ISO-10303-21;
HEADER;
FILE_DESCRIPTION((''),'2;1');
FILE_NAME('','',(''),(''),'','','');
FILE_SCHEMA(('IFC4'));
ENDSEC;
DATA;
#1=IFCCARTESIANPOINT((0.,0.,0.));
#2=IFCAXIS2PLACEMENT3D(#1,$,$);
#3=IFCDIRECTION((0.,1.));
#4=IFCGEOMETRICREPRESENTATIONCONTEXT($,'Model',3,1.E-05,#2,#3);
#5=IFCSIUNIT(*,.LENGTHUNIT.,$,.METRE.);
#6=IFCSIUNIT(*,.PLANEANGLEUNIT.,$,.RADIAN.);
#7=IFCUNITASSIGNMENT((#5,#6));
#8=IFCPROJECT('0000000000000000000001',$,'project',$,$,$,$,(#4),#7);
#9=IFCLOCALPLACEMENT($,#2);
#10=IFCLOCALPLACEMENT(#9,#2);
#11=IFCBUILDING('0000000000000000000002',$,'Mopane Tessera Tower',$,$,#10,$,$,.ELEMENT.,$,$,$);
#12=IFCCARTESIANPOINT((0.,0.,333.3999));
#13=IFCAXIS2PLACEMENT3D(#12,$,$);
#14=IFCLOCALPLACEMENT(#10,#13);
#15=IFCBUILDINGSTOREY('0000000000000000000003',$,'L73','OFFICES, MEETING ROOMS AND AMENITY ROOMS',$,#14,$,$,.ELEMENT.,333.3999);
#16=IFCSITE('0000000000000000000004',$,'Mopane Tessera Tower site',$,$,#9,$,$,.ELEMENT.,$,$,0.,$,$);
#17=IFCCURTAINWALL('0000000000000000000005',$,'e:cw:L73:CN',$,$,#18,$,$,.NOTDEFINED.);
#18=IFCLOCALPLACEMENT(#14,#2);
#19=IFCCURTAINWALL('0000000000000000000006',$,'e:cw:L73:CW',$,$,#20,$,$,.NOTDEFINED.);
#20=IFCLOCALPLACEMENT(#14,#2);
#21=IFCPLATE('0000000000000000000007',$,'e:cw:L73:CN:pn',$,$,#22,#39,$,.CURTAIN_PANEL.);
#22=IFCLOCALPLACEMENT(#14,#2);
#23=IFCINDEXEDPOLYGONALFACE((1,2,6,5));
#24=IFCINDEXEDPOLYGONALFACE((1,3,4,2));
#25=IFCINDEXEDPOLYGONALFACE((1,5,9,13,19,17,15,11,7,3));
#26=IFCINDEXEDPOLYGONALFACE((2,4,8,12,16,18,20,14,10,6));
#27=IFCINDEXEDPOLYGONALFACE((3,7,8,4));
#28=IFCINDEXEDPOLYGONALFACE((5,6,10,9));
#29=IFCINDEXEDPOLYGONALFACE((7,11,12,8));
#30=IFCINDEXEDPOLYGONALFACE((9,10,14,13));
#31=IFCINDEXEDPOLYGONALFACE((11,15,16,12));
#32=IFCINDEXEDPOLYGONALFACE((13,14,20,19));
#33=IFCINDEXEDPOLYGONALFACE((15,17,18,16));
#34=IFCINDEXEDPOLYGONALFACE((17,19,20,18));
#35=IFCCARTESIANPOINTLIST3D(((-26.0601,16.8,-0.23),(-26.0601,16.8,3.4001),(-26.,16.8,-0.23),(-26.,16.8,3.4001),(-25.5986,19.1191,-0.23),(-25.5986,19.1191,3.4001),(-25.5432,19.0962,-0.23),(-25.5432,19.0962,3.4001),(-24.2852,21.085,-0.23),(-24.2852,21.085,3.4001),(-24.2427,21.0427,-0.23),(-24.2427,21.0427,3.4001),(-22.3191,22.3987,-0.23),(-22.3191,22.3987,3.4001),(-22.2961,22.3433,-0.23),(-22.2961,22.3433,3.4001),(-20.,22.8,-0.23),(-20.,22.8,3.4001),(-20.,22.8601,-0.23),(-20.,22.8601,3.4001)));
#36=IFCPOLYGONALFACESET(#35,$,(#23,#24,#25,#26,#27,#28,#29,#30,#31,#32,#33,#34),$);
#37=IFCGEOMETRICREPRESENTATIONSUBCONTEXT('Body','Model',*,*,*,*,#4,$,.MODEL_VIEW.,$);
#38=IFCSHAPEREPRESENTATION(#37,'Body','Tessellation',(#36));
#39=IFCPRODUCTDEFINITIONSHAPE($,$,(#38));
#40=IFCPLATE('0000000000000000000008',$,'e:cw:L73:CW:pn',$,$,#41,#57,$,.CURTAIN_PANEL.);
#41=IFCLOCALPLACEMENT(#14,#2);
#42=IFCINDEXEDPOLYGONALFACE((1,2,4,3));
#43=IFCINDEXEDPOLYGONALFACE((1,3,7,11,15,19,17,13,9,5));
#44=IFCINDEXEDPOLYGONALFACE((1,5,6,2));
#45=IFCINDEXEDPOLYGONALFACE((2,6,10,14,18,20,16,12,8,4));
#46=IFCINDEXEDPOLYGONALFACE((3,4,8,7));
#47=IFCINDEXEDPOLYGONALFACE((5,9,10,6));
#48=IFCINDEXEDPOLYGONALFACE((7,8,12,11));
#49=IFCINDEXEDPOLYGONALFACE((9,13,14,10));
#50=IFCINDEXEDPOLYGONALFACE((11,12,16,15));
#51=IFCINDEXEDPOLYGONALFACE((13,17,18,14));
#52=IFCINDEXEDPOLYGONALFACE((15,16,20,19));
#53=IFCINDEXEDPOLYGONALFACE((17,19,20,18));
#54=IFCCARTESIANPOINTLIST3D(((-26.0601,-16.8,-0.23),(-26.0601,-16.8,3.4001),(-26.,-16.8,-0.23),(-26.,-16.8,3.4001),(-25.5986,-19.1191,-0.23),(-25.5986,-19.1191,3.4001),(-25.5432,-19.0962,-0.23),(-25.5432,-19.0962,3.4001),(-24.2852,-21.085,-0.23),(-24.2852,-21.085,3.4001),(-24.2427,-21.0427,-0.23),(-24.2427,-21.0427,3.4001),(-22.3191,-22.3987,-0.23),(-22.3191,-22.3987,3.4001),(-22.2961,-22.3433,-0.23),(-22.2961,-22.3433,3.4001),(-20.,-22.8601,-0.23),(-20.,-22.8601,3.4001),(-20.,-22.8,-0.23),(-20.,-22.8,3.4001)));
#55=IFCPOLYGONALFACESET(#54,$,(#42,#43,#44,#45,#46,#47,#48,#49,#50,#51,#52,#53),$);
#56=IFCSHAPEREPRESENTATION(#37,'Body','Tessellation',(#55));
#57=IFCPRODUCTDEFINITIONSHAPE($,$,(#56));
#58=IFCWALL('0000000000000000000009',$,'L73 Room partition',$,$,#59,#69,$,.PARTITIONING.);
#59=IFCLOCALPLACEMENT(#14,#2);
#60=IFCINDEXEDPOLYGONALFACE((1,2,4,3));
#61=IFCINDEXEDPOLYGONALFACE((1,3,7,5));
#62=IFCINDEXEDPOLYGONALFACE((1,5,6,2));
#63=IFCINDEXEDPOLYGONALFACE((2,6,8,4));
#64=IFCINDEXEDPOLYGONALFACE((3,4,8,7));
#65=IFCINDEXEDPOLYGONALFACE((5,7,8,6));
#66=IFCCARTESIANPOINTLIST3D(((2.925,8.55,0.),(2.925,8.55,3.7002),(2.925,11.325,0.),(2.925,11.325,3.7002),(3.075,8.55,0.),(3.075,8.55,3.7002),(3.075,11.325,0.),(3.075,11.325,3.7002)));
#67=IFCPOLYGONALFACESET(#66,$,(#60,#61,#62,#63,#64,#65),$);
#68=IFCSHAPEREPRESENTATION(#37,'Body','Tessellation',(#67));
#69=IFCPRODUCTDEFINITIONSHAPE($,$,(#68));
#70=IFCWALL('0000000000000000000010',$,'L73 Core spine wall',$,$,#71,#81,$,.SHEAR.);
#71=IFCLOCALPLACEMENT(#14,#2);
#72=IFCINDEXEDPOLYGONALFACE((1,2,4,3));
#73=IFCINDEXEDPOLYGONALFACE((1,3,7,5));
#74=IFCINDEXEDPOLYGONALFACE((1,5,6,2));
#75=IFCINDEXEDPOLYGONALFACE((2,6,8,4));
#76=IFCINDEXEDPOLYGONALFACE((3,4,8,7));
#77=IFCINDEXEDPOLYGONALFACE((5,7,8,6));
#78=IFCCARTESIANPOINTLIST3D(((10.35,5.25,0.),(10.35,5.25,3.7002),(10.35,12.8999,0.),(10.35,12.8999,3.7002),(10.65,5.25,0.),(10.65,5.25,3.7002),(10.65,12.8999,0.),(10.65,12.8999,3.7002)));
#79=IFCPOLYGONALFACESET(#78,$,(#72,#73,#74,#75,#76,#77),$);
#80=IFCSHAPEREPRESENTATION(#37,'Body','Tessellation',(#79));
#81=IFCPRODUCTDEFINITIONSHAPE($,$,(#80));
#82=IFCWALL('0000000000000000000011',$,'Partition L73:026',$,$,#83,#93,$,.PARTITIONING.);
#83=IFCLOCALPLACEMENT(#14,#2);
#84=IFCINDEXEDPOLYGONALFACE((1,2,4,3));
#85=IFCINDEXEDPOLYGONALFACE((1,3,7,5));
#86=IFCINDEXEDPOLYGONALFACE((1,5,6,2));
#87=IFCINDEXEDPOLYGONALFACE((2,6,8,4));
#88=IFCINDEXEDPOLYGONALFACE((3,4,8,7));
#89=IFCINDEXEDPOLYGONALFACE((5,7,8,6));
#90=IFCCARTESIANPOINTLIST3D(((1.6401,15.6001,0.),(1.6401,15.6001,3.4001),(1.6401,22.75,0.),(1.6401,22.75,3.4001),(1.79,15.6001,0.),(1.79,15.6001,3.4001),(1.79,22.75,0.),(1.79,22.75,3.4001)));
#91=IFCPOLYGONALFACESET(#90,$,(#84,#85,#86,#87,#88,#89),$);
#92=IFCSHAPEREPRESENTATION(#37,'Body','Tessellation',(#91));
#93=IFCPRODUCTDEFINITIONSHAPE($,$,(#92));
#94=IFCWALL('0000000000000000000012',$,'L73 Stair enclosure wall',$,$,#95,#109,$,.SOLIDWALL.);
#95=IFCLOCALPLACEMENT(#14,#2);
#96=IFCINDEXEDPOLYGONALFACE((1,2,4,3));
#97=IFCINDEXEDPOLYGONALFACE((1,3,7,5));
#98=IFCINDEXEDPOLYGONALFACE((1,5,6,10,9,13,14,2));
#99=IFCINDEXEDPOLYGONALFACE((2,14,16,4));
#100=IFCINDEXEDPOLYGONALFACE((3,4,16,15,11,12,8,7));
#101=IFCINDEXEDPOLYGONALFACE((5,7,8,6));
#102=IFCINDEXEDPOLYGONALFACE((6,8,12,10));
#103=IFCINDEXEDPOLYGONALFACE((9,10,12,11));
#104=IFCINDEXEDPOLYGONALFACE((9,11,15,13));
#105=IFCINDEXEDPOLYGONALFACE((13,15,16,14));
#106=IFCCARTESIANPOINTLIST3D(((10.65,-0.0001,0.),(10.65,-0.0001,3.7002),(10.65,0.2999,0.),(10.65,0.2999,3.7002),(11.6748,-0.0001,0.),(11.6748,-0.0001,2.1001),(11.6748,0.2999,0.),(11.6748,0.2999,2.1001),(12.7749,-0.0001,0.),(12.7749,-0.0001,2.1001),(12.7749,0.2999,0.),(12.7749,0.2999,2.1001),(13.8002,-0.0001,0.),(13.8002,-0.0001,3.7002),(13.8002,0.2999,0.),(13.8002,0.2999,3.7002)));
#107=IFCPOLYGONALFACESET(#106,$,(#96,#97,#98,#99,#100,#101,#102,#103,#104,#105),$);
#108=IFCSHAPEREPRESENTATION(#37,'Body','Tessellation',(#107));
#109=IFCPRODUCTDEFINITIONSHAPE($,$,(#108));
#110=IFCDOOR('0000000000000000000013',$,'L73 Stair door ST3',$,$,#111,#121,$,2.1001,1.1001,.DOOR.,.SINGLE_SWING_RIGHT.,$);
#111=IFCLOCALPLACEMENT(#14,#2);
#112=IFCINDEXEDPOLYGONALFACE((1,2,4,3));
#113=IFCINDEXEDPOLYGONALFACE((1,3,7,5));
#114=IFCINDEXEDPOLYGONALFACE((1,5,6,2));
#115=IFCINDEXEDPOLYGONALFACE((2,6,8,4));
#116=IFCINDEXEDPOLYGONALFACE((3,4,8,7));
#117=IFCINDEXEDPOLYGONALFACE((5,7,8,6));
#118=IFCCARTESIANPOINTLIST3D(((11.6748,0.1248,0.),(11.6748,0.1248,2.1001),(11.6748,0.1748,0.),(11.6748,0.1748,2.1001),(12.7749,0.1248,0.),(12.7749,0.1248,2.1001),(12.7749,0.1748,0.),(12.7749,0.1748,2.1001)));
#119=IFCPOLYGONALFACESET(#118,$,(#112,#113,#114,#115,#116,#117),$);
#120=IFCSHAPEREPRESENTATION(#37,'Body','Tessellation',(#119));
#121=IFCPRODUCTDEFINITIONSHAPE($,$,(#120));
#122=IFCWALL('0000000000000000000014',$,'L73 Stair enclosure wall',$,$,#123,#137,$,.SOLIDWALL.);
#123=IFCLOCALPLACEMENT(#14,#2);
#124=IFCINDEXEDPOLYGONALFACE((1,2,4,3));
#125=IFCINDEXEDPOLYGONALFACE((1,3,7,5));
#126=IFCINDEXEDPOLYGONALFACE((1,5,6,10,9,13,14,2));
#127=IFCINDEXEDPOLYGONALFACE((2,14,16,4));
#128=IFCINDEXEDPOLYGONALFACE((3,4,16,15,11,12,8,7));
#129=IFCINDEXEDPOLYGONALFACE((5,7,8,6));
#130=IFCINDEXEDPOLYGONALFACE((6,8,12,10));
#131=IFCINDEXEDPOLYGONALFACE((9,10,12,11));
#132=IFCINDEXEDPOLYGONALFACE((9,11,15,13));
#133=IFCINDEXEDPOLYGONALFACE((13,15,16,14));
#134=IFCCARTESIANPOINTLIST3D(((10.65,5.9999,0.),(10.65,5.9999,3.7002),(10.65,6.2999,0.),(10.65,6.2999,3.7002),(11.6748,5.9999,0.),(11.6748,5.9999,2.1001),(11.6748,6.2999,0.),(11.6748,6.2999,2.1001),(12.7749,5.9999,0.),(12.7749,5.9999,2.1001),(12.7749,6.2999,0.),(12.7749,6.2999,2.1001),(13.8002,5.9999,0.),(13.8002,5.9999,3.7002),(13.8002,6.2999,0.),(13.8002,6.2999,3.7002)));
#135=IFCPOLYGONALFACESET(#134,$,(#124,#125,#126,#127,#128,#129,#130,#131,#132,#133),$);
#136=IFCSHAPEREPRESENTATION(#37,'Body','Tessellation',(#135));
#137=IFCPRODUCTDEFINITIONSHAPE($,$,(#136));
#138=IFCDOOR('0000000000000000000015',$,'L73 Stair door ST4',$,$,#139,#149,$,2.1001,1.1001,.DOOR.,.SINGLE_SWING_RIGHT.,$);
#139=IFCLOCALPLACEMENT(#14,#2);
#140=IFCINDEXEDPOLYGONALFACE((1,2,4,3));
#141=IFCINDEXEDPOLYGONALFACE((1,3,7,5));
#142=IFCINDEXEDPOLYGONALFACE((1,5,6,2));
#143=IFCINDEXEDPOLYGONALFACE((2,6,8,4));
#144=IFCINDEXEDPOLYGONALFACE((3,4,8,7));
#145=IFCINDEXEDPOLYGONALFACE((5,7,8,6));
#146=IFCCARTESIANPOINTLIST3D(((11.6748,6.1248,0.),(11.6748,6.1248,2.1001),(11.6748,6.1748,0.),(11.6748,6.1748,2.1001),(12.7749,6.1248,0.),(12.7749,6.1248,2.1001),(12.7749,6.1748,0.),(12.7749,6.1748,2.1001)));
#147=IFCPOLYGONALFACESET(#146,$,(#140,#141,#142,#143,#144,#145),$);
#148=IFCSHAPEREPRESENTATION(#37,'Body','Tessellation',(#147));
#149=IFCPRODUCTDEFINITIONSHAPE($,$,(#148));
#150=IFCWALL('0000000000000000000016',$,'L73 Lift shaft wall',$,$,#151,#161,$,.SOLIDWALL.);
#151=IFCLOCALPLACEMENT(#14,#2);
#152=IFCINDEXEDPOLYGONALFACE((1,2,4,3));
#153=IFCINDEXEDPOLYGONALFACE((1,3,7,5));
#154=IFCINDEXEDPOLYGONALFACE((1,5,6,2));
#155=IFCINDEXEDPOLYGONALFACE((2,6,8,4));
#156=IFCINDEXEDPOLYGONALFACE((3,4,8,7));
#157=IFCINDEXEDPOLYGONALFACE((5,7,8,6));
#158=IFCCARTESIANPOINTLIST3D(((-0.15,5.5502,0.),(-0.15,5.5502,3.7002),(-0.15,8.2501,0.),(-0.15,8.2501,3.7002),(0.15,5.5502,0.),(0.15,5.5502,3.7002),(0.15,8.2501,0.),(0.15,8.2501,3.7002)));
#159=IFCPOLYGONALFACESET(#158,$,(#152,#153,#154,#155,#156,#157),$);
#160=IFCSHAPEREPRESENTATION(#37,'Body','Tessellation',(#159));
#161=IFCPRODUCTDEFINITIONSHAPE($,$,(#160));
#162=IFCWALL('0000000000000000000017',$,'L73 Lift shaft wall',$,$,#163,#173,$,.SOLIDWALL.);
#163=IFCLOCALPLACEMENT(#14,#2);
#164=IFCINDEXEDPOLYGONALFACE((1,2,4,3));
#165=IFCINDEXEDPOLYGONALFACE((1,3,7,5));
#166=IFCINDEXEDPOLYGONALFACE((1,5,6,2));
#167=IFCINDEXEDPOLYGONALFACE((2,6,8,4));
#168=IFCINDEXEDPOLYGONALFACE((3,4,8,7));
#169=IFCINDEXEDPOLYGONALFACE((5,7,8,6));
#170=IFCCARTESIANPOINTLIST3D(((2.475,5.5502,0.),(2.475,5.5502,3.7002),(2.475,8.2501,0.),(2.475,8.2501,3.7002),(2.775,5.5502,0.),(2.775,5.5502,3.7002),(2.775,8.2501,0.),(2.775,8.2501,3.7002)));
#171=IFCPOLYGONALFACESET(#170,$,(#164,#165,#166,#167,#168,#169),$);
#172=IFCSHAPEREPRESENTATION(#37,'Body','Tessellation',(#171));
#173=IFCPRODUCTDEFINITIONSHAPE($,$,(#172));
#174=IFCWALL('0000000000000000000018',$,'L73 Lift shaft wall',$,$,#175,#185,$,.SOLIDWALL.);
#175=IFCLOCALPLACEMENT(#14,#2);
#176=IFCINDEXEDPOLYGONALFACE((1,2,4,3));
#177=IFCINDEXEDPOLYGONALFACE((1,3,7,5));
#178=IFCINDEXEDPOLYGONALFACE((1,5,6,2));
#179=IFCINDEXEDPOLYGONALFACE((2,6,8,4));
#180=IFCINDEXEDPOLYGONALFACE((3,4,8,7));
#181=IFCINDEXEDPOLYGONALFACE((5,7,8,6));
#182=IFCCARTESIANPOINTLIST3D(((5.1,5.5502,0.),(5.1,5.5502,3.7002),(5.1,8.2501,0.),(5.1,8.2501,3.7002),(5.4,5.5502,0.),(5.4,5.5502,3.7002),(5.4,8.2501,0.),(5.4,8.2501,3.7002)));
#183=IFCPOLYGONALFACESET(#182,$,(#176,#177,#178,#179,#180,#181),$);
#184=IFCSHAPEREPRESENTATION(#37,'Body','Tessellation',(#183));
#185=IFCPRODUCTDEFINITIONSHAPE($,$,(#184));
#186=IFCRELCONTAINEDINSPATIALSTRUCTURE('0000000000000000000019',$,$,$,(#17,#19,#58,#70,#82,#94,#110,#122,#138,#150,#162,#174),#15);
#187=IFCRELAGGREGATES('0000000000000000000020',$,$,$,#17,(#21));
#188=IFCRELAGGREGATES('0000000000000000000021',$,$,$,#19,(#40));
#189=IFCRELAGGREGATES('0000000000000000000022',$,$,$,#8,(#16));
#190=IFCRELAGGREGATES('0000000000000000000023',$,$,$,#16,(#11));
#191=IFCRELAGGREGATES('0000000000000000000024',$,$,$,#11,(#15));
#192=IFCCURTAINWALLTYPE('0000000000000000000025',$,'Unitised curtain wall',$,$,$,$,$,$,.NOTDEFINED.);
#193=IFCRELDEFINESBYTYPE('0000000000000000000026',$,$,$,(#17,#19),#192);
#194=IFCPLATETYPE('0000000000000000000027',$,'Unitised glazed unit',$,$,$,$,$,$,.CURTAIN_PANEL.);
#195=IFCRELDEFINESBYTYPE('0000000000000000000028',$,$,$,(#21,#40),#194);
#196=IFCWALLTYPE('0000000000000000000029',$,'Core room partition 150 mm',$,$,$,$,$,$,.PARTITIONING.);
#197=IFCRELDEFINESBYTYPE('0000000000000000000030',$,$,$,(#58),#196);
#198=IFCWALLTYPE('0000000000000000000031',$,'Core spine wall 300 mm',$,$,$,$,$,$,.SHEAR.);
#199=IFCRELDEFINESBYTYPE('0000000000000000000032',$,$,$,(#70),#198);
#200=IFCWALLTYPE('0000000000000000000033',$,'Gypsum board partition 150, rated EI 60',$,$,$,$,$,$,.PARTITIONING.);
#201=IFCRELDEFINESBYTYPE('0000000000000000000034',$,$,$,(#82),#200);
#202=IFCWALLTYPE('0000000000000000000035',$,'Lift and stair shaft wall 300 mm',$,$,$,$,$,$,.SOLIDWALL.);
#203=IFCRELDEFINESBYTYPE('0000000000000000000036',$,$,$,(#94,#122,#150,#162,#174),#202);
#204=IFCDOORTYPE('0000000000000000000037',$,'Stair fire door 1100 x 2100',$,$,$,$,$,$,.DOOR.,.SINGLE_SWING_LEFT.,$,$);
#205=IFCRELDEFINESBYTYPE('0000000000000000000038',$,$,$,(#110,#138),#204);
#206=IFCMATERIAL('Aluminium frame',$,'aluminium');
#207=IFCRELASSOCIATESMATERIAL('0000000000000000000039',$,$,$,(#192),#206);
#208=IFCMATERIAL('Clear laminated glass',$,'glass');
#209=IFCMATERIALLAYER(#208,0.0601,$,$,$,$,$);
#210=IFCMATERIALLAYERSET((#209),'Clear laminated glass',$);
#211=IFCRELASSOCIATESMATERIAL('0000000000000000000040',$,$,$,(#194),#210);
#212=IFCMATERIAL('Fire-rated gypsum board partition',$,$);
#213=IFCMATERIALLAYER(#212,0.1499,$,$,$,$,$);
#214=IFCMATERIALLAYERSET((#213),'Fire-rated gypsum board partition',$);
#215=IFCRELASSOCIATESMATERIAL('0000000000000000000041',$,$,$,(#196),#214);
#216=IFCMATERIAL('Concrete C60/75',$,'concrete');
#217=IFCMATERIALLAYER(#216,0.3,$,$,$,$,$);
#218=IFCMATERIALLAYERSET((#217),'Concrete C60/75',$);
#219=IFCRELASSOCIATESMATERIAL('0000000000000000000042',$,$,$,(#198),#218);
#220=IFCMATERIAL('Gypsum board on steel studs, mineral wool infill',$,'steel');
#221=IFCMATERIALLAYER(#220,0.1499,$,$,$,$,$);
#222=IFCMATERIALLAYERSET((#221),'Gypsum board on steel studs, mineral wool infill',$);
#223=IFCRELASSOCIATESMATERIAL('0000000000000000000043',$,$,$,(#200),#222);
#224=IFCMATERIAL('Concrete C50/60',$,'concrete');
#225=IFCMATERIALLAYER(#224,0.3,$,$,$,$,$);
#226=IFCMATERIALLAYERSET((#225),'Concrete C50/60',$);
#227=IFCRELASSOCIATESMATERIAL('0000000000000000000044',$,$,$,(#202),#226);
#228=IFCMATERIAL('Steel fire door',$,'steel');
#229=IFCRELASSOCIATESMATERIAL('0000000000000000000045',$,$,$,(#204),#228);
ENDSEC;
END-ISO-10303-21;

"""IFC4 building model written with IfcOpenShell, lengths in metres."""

from ifc_helpers import new_model, si_unit, direction, frame, frame_2d, origin, place, context, subcontext, project, spatial, polyline, rectangle, outline, extrude, material, layer, layer_set, type_object, element, fill, aggregate, save


model = new_model("IFC4")

# Units and contexts
model_context = context("Model", 3, precision=1e-05, world=origin(), true_north=direction((0.0, 1.0)))
body_context = subcontext(model_context, "Body", "Model", "MODEL_VIEW")
ifc_project = project(units=[si_unit("LENGTHUNIT", "METRE"), si_unit("PLANEANGLEUNIT", "RADIAN")], contexts=[model_context])

# Site, building, storey
site_placement = place(None, origin())
site = spatial("IfcSite", under=ifc_project, at=site_placement, Name="Mopane Tessera Tower site", CompositionType="ELEMENT", RefElevation=0.0)
building_placement = place(site_placement, origin())
building = spatial("IfcBuilding", under=site, at=building_placement, Name="Mopane Tessera Tower", CompositionType="ELEMENT")
storey_placement = place(building_placement, frame((0.0, 0.0, 333.3999)))
storey = spatial("IfcBuildingStorey", under=building, at=storey_placement, Name="L73", Description="OFFICES, MEETING ROOMS AND AMENITY ROOMS", CompositionType="ELEMENT", Elevation=333.3999)

# Shared definitions
ifc_material_1 = material(Name="Aluminium frame", Category="aluminium")
curtain_wall_type = type_object("IfcCurtainWallType", Name="Unitised curtain wall", PredefinedType="NOTDEFINED", material=ifc_material_1)

# Curtain walls
curtain_wall_1_placement = place(storey_placement, origin())
curtain_wall_1 = element("IfcCurtainWall", 1, at=curtain_wall_1_placement, inside=storey, type_object=curtain_wall_type, Name="e:cw:L73:CN", PredefinedType="NOTDEFINED")
curtain_wall_2_placement = place(storey_placement, origin())
curtain_wall_2 = element("IfcCurtainWall", 2, at=curtain_wall_2_placement, inside=storey, type_object=curtain_wall_type, Name="e:cw:L73:CW", PredefinedType="NOTDEFINED")

# Plates
ifc_material_2 = material(Name="Clear laminated glass", Category="glass")
ifc_layer_1 = layer(ifc_material_2, 0.0601)
ifc_layer_set_1 = layer_set([ifc_layer_1], Name="Clear laminated glass")
plate_type = type_object("IfcPlateType", Name="Unitised glazed unit", PredefinedType="CURTAIN_PANEL", material=ifc_layer_set_1)
plate_1_placement = place(storey_placement, frame((0.0, 0.0, -0.23)))
plate_1 = element("IfcPlate", 3, at=plate_1_placement, type_object=plate_type, Name="e:cw:L73:CN:pn", PredefinedType="CURTAIN_PANEL", context=body_context, shape_type="SweptSolid", body=[
    extrude(outline(polyline([(-20.0, 22.8), (-22.2961, 22.3433), (-24.2427, 21.0427), (-25.5432, 19.0962), (-26.0, 16.8), (-26.0601, 16.8), (-25.5986, 19.1191), (-24.2852, 21.085), (-22.3191, 22.3987), (-20.0, 22.8601), (-20.0, 22.8)])), origin(), (0.0, 0.0, 1.0), 3.6301),
])
aggregate(curtain_wall_1, [plate_1])
plate_2_placement = place(storey_placement, frame((0.0, 0.0, -0.23)))
plate_2 = element("IfcPlate", 4, at=plate_2_placement, type_object=plate_type, Name="e:cw:L73:CW:pn", PredefinedType="CURTAIN_PANEL", context=body_context, shape_type="SweptSolid", body=[
    extrude(outline(polyline([(-26.0, -16.8), (-25.5432, -19.0962), (-24.2427, -21.0427), (-22.2961, -22.3433), (-20.0, -22.8), (-20.0, -22.8601), (-22.3191, -22.3987), (-24.2852, -21.085), (-25.5986, -19.1191), (-26.0601, -16.8), (-26.0, -16.8)])), origin(), (0.0, 0.0, 1.0), 3.6301),
])
aggregate(curtain_wall_2, [plate_2])

# Walls
ifc_material_3 = material(Name="Fire-rated gypsum board partition")
ifc_layer_2 = layer(ifc_material_3, 0.1499)
ifc_layer_set_2 = layer_set([ifc_layer_2], Name="Fire-rated gypsum board partition")
wall_type_1 = type_object("IfcWallType", Name="Core room partition 150 mm", PredefinedType="PARTITIONING", material=ifc_layer_set_2)
wall_1_placement = place(storey_placement, frame((3.0, 8.55, 0.0), z_axis=(0.0, 0.0, 1.0), x_axis=(0.0, 1.0, 0.0)))
element("IfcWall", 5, at=wall_1_placement, inside=storey, type_object=wall_type_1, Name="L73 Room partition", PredefinedType="PARTITIONING", context=body_context, shape_type="SweptSolid", body=[
    extrude(rectangle(XDim=2.7749, YDim=0.1499, at=frame_2d((1.3875, 0.0))), origin(), (0.0, 0.0, 1.0), 3.7002),
])
ifc_material_4 = material(Name="Concrete C60/75", Category="concrete")
ifc_layer_3 = layer(ifc_material_4, 0.3)
ifc_layer_set_3 = layer_set([ifc_layer_3], Name="Concrete C60/75")
wall_type_2 = type_object("IfcWallType", Name="Core spine wall 300 mm", PredefinedType="SHEAR", material=ifc_layer_set_3)
wall_2_placement = place(storey_placement, frame((10.5, 5.25, 0.0), z_axis=(0.0, 0.0, 1.0), x_axis=(0.0, 1.0, 0.0)))
element("IfcWall", 6, at=wall_2_placement, inside=storey, type_object=wall_type_2, Name="L73 Core spine wall", PredefinedType="SHEAR", context=body_context, shape_type="SweptSolid", body=[
    extrude(rectangle(XDim=7.6499, YDim=0.3, at=frame_2d((3.825, 0.0))), origin(), (0.0, 0.0, 1.0), 3.7002),
])
ifc_material_5 = material(Name="Gypsum board on steel studs, mineral wool infill", Category="steel")
ifc_layer_4 = layer(ifc_material_5, 0.1499)
ifc_layer_set_4 = layer_set([ifc_layer_4], Name="Gypsum board on steel studs, mineral wool infill")
wall_type_3 = type_object("IfcWallType", Name="Gypsum board partition 150, rated EI 60", PredefinedType="PARTITIONING", material=ifc_layer_set_4)
wall_3_placement = place(storey_placement, frame((1.7151, 15.6001, 0.0), z_axis=(0.0, 0.0, 1.0), x_axis=(0.0, 1.0, 0.0)))
element("IfcWall", 7, at=wall_3_placement, inside=storey, type_object=wall_type_3, Name="Partition L73:026", PredefinedType="PARTITIONING", context=body_context, shape_type="SweptSolid", body=[
    extrude(rectangle(XDim=7.1499, YDim=0.1499, at=frame_2d((3.575, 0.0))), origin(), (0.0, 0.0, 1.0), 3.4001),
])

# Walls, openings, doors
ifc_material_6 = material(Name="Concrete C50/60", Category="concrete")
ifc_layer_5 = layer(ifc_material_6, 0.3)
ifc_layer_set_5 = layer_set([ifc_layer_5], Name="Concrete C50/60")
wall_type_4 = type_object("IfcWallType", Name="Lift and stair shaft wall 300 mm", PredefinedType="SOLIDWALL", material=ifc_layer_set_5)
wall_4_placement = place(storey_placement, frame((10.6499, 0.1499, 0.0), z_axis=(0.0, 0.0, 1.0), x_axis=(1.0, 0.0, 0.0)))
wall_4 = element("IfcWall", 8, at=wall_4_placement, inside=storey, type_object=wall_type_4, Name="L73 Stair enclosure wall", PredefinedType="SOLIDWALL", context=body_context, shape_type="SweptSolid", body=[
    extrude(rectangle(XDim=3.1501, YDim=0.3, at=frame_2d((1.5752, 0.0))), origin(), (0.0, 0.0, 1.0), 3.7002),
])
opening_1_placement = place(wall_4_placement, frame((1.0249, 0.0, 0.0)))
opening_1 = element("IfcOpeningElement", 9, at=opening_1_placement, cuts=wall_4, PredefinedType="OPENING", context=body_context, shape_type="SweptSolid", body=[
    extrude(rectangle(XDim=1.1001, YDim=2.1001, at=frame_2d((0.55, 1.05))), frame((0.0, 0.1621, 0.0), z_axis=(0.0, -1.0, 0.0), x_axis=(1.0, 0.0, 0.0)), (0.0, 0.0, 1.0), 0.324),
])
ifc_material_7 = material(Name="Steel fire door", Category="steel")
door_type = type_object("IfcDoorType", Name="Stair fire door 1100 x 2100", OperationType="SINGLE_SWING_LEFT", PredefinedType="DOOR", material=ifc_material_7)
door_1_placement = place(opening_1_placement, origin())
door_1 = element("IfcDoor", 10, at=door_1_placement, inside=storey, type_object=door_type, Name="L73 Stair door ST3", OperationType="SINGLE_SWING_RIGHT", OverallHeight=2.1001, OverallWidth=1.1001, PredefinedType="DOOR", context=body_context, shape_type="SweptSolid", body=[
    extrude(rectangle(XDim=1.1001, YDim=2.1001, at=frame_2d((0.55, 1.05))), frame((0.0, 0.0249, 0.0), z_axis=(0.0, -1.0, 0.0), x_axis=(1.0, 0.0, 0.0)), (0.0, 0.0, 1.0), 0.05),
])
fill(opening_1, door_1)
wall_5_placement = place(storey_placement, frame((10.6499, 6.1499, 0.0), z_axis=(0.0, 0.0, 1.0), x_axis=(1.0, 0.0, 0.0)))
wall_5 = element("IfcWall", 11, at=wall_5_placement, inside=storey, type_object=wall_type_4, Name="L73 Stair enclosure wall", PredefinedType="SOLIDWALL", context=body_context, shape_type="SweptSolid", body=[
    extrude(rectangle(XDim=3.1501, YDim=0.3, at=frame_2d((1.5752, 0.0))), origin(), (0.0, 0.0, 1.0), 3.7002),
])
opening_2_placement = place(wall_5_placement, frame((1.0249, 0.0, 0.0)))
opening_2 = element("IfcOpeningElement", 12, at=opening_2_placement, cuts=wall_5, PredefinedType="OPENING", context=body_context, shape_type="SweptSolid", body=[
    extrude(rectangle(XDim=1.1001, YDim=2.1001, at=frame_2d((0.55, 1.05))), frame((0.0, 0.1621, 0.0), z_axis=(0.0, -1.0, 0.0), x_axis=(1.0, 0.0, 0.0)), (0.0, 0.0, 1.0), 0.324),
])
door_2_placement = place(opening_2_placement, origin())
door_2 = element("IfcDoor", 13, at=door_2_placement, inside=storey, type_object=door_type, Name="L73 Stair door ST4", OperationType="SINGLE_SWING_RIGHT", OverallHeight=2.1001, OverallWidth=1.1001, PredefinedType="DOOR", context=body_context, shape_type="SweptSolid", body=[
    extrude(rectangle(XDim=1.1001, YDim=2.1001, at=frame_2d((0.55, 1.05))), frame((0.0, 0.0249, 0.0), z_axis=(0.0, -1.0, 0.0), x_axis=(1.0, 0.0, 0.0)), (0.0, 0.0, 1.0), 0.05),
])
fill(opening_2, door_2)

# Walls
for number, where, z_axis, x_axis, name in (
    (14, (0.0, 5.55, 0.0), (0.0, 0.0, 1.0), (0.0, 1.0, 0.0), "L73 Lift shaft wall"),
    (15, (2.625, 5.55, 0.0), (0.0, 0.0, 1.0), (0.0, 1.0, 0.0), "L73 Lift shaft wall"),
    (16, (5.25, 5.55, 0.0), (0.0, 0.0, 1.0), (0.0, 1.0, 0.0), "L73 Lift shaft wall"),
):
    element("IfcWall", number, at=place(storey_placement, frame(where, z_axis=z_axis, x_axis=x_axis)), inside=storey, type_object=wall_type_4, Name=name, PredefinedType="SOLIDWALL", context=body_context, shape_type="SweptSolid", body=[
        extrude(rectangle(XDim=2.7, YDim=0.3, at=frame_2d((1.3501, 0.0))), origin(), (0.0, 0.0, 1.0), 3.7002),
    ])

save(model, "model.ifc")
